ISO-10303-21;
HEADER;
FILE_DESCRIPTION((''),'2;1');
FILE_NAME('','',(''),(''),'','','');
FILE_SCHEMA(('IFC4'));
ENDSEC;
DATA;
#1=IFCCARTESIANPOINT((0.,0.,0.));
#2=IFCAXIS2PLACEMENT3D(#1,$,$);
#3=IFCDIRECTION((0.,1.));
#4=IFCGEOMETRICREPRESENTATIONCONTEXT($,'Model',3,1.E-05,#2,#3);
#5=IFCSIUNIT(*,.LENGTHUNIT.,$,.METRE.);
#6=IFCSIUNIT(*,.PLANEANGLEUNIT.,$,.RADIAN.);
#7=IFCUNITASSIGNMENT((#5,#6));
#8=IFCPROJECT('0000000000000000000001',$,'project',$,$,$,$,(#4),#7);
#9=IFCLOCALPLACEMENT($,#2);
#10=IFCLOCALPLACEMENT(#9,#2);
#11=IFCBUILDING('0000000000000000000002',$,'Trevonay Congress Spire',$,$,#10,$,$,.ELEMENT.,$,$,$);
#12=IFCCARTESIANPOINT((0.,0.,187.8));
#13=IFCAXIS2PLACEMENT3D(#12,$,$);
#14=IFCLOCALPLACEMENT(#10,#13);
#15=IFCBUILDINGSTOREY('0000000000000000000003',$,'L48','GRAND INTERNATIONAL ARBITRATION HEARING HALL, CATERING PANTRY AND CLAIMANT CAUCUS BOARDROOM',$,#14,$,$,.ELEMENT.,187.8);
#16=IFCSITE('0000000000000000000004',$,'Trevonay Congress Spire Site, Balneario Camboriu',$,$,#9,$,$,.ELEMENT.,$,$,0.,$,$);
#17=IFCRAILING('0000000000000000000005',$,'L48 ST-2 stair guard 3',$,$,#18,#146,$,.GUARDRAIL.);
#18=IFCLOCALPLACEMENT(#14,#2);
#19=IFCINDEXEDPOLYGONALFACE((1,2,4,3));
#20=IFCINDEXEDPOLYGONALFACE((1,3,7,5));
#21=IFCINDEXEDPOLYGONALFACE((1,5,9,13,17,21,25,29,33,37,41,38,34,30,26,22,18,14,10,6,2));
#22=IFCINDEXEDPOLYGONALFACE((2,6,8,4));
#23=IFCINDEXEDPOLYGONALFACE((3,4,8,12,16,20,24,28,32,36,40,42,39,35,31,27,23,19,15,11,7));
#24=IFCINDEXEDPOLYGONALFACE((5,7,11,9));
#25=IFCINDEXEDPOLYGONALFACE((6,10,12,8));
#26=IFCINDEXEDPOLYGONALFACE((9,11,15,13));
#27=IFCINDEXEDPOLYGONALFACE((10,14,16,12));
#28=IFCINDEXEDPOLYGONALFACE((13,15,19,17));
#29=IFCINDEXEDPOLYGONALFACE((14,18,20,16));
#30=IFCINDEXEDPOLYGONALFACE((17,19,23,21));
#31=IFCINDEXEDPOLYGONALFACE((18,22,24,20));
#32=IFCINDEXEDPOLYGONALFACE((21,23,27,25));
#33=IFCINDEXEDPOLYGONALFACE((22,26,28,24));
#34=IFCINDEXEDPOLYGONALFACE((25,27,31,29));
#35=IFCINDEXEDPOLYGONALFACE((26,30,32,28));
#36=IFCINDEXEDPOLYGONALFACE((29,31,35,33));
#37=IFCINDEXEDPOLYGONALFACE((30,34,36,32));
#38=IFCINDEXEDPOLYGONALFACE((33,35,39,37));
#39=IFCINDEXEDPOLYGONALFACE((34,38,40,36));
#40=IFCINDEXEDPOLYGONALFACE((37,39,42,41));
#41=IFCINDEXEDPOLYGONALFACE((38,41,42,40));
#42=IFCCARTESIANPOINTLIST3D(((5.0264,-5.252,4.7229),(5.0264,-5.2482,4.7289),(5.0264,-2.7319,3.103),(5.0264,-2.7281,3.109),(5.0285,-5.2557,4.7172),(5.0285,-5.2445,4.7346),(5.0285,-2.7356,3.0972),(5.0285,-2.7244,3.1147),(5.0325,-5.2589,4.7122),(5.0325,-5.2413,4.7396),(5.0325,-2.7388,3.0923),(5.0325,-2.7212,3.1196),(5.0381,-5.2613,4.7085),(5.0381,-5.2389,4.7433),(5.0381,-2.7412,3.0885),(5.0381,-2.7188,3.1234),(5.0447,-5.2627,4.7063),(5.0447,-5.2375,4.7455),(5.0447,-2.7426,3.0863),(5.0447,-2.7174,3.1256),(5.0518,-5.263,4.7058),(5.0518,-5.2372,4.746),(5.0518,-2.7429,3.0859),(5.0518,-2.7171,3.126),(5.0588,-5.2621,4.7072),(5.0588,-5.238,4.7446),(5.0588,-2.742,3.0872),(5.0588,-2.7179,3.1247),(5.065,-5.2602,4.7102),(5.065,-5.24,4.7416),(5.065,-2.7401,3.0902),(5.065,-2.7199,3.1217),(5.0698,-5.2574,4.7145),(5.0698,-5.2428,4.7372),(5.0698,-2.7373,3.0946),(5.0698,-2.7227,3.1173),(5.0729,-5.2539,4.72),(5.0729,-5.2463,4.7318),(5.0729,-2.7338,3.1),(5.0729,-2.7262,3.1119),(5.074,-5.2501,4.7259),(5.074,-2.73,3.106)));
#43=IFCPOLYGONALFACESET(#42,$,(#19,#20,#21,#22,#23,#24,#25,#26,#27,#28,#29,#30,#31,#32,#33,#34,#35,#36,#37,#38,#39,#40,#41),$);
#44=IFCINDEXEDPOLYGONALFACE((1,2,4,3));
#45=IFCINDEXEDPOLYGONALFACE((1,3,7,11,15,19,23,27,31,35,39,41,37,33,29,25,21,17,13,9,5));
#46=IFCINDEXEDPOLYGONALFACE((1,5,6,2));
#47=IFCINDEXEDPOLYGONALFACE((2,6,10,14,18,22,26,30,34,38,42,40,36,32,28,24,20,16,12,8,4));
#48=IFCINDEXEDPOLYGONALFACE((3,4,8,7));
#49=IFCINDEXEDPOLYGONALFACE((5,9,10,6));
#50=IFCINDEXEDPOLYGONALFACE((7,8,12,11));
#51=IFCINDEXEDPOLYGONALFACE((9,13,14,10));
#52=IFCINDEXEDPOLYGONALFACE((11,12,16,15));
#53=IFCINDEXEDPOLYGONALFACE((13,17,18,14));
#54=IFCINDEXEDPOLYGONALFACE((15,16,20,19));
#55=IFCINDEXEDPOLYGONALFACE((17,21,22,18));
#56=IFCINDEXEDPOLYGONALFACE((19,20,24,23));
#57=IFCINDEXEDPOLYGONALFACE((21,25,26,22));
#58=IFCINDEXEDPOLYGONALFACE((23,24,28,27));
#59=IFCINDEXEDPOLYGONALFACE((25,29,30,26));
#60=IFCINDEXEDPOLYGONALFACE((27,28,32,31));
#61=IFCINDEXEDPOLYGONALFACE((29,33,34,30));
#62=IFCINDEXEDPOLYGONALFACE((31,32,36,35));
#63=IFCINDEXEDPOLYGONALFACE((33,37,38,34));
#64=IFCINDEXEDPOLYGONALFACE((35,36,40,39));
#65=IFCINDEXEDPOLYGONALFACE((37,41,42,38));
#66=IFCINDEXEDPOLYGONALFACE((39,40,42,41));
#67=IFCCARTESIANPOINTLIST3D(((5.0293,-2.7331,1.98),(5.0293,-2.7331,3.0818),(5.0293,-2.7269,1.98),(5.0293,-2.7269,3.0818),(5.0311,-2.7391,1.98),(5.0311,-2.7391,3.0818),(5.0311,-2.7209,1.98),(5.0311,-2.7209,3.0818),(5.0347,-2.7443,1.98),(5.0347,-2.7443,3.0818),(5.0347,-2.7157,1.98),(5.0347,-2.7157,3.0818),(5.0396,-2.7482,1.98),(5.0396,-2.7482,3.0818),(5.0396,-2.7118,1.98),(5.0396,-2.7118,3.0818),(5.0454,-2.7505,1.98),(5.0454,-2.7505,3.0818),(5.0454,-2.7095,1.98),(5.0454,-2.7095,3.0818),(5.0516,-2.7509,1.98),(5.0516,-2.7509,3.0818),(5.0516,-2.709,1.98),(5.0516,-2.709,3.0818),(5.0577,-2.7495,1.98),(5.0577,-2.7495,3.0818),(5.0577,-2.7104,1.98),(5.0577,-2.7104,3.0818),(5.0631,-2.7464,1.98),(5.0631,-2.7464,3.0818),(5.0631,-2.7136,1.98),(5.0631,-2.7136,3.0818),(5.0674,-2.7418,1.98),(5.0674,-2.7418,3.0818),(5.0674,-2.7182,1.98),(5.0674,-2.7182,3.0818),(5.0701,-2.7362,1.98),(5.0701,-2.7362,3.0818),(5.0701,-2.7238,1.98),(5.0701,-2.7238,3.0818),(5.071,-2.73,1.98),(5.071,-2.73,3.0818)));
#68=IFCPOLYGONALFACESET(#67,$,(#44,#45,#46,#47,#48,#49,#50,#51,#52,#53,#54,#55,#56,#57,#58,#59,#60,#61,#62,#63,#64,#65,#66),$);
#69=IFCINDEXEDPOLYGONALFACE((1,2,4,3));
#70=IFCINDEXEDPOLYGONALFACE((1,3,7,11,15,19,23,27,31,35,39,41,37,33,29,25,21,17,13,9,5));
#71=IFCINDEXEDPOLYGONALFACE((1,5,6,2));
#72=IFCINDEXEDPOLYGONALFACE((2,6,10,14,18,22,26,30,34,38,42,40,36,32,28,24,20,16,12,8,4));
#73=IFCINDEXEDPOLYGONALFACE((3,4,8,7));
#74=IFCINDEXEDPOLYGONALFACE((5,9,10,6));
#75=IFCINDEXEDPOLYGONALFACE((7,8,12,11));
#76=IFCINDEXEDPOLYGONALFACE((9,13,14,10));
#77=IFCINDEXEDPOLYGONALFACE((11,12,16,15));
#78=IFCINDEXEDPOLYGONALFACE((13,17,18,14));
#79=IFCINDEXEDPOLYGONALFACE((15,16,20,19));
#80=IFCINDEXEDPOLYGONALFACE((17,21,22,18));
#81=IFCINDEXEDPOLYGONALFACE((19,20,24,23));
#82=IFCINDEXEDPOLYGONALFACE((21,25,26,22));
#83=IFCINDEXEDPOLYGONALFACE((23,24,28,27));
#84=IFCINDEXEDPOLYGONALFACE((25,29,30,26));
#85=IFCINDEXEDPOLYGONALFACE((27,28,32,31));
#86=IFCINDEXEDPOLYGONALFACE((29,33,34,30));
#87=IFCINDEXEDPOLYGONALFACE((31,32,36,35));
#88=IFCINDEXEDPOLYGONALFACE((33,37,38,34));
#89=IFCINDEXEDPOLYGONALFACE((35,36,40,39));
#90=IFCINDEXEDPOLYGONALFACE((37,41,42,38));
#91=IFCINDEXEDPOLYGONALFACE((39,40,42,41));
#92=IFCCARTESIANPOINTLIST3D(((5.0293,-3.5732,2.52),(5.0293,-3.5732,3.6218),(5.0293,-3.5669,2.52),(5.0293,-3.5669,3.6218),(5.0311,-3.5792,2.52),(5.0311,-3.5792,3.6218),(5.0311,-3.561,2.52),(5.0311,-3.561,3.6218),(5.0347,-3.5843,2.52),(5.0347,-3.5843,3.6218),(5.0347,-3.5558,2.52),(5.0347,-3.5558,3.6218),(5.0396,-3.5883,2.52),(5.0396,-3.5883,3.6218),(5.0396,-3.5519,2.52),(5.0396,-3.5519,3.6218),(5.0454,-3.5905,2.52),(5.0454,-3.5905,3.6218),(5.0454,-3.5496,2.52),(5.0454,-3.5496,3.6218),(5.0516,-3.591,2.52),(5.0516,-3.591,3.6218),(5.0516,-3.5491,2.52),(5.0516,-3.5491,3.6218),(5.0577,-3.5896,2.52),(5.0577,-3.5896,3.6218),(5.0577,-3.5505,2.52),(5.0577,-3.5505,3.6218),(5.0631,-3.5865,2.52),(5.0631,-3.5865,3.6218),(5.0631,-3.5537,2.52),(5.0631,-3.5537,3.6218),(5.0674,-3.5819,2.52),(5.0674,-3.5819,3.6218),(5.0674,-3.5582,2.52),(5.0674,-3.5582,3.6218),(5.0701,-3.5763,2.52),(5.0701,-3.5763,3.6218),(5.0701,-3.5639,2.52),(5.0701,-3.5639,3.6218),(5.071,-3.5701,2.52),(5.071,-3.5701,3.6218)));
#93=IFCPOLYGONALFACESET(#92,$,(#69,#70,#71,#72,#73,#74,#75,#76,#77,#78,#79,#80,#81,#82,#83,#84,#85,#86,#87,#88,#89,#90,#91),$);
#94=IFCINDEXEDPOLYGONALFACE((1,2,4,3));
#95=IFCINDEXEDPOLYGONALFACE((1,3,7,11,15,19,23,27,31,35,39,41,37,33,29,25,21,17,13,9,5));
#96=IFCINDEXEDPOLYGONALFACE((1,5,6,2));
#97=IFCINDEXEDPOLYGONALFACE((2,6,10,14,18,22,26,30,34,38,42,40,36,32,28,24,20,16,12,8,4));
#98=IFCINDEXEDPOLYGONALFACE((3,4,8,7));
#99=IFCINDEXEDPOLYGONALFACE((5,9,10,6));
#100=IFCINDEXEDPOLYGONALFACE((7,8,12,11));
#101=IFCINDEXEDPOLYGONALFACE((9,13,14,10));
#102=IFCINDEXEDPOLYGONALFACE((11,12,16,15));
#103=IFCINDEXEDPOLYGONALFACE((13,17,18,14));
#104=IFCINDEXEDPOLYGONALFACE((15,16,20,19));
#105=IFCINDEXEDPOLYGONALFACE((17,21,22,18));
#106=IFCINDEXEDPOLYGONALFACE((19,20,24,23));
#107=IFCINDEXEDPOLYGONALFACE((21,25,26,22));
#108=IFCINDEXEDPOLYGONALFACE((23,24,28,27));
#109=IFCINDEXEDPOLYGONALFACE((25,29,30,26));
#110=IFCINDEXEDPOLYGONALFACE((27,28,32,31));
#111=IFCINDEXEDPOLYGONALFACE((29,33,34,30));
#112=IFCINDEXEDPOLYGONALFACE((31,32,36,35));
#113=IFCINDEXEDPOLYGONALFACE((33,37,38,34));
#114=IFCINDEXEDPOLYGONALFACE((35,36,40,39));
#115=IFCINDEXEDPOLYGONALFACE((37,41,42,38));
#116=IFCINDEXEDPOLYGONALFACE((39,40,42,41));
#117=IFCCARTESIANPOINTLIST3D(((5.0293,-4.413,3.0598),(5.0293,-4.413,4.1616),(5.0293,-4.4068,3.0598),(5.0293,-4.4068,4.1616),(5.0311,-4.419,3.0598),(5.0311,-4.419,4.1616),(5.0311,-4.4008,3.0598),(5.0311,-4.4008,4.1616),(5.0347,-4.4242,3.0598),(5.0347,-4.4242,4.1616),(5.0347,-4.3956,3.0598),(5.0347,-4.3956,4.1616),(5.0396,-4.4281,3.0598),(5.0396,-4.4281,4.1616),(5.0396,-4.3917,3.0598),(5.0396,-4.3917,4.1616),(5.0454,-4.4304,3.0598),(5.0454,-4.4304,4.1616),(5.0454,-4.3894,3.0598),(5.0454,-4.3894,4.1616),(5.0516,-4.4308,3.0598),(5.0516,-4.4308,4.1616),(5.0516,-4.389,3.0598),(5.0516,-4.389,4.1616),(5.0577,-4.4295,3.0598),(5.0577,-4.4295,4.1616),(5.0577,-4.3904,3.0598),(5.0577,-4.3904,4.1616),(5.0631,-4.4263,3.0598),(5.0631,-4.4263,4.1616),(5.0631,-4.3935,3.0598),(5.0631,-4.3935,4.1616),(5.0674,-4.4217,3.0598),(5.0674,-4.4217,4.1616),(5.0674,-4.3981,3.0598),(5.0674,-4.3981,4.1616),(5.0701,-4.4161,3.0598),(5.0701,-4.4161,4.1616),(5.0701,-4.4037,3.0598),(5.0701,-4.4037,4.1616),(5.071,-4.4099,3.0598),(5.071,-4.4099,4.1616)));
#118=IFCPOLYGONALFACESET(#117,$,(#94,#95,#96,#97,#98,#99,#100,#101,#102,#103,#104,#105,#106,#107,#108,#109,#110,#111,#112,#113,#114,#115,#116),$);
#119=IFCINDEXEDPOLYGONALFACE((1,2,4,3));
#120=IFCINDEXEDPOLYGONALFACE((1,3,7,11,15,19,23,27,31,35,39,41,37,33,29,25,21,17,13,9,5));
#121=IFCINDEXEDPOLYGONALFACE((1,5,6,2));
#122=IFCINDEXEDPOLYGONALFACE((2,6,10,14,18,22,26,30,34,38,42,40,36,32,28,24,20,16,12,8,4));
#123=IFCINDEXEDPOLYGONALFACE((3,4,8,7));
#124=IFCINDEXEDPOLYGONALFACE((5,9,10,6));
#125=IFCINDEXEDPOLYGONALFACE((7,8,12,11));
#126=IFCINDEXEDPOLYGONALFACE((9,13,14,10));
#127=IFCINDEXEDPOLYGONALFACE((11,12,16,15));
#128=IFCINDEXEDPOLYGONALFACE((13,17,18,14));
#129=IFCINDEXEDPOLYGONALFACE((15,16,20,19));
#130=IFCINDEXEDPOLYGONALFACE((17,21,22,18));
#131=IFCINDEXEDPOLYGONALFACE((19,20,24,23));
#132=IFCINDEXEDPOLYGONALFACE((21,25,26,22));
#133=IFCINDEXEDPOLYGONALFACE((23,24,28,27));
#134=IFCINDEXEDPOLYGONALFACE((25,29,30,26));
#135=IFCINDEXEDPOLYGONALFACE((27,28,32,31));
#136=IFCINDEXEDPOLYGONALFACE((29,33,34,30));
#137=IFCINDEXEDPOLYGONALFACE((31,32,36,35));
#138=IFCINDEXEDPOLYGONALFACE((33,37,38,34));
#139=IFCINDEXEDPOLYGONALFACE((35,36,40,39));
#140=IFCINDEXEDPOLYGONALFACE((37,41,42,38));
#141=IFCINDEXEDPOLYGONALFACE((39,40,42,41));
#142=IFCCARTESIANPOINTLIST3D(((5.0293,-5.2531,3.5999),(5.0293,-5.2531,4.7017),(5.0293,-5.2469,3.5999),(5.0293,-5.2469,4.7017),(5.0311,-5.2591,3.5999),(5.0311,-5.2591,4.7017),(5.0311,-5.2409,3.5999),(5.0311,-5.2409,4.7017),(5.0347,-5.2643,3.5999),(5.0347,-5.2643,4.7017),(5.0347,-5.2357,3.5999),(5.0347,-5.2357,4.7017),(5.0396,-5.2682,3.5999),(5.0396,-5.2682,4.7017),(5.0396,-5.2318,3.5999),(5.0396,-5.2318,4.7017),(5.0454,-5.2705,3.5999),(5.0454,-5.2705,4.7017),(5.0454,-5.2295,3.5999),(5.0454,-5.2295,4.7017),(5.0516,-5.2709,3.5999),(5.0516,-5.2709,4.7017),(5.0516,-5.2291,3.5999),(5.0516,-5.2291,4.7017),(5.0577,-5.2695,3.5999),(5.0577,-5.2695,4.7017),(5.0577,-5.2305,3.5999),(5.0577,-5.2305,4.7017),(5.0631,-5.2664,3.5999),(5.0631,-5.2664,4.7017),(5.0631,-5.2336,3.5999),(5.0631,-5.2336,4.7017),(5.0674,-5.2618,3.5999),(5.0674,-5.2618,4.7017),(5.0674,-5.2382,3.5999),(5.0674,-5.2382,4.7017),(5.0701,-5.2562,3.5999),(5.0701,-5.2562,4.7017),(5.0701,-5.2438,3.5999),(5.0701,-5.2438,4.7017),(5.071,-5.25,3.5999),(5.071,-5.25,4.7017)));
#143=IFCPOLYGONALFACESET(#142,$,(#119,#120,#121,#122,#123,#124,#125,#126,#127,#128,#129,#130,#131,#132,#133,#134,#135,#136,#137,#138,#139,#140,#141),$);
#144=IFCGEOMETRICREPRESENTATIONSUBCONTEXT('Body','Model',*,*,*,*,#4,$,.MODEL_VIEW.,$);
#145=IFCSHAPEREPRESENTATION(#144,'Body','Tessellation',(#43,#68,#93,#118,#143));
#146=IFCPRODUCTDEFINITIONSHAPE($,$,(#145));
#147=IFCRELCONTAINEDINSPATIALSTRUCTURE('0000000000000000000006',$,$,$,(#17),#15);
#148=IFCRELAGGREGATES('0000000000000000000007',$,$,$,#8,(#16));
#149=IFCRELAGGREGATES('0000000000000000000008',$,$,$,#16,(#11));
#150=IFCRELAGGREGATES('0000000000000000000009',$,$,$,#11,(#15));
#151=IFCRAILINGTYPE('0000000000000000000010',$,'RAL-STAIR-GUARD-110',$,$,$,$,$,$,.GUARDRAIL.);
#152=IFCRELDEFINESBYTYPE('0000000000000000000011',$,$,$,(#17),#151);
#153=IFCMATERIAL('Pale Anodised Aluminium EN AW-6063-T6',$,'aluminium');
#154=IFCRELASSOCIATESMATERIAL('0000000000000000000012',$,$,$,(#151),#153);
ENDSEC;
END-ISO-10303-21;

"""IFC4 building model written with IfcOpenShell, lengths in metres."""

from ifc_helpers import new_model, si_unit, direction, frame, origin, origin_2d, place, context, subcontext, project, spatial, circle, extrude, material, type_object, element, save


model = new_model("IFC4")

# Units and contexts
model_context = context("Model", 3, precision=1e-05, world=origin(), true_north=direction((0.0, 1.0)))
body_context = subcontext(model_context, "Body", "Model", "MODEL_VIEW")
ifc_project = project(units=[si_unit("LENGTHUNIT", "METRE"), si_unit("PLANEANGLEUNIT", "RADIAN")], contexts=[model_context])

# Site, building, storey
site_placement = place(None, origin())
site = spatial("IfcSite", under=ifc_project, at=site_placement, Name="Trevonay Congress Spire Site, Balneario Camboriu", CompositionType="ELEMENT", RefElevation=0.0)
building_placement = place(site_placement, origin())
building = spatial("IfcBuilding", under=site, at=building_placement, Name="Trevonay Congress Spire", CompositionType="ELEMENT")
storey_placement = place(building_placement, frame((0.0, 0.0, 187.8)))
storey = spatial("IfcBuildingStorey", under=building, at=storey_placement, Name="L48", Description="GRAND INTERNATIONAL ARBITRATION HEARING HALL, CATERING PANTRY AND CLAIMANT CAUCUS BOARDROOM", CompositionType="ELEMENT", Elevation=187.8)

# Shared definitions
ifc_material_1 = material(Name="Pale Anodised Aluminium EN AW-6063-T6", Category="aluminium")

# Railing
railing_type_1 = type_object("IfcRailingType", Name="RAL-STAIR-GUARD-110", PredefinedType="GUARDRAIL", material=ifc_material_1)
railing_1_placement = place(storey_placement, frame((5.05, -2.73, 1.98)))
element("IfcRailing", 1, at=railing_1_placement, inside=storey, type_object=railing_type_1, Name="L48 ST-2 stair guard 3", PredefinedType="GUARDRAIL", context=body_context, shape_type="SweptSolid", body=[
    extrude(circle(Radius=0.0239, at=origin_2d()), frame((0.0, 0.0, 1.126), z_axis=(0.0, -0.8412, 0.540725), x_axis=(1.0, 0.0, 0.0)), (0.0, 0.0, 1.0), 2.9958),
    extrude(circle(Radius=0.021, at=origin_2d()), origin(), (0.0, 0.0, 1.0), 1.1018),
    extrude(circle(Radius=0.021, at=origin_2d()), frame((0.0, -0.8401, 0.54)), (0.0, 0.0, 1.0), 1.1018),
    extrude(circle(Radius=0.021, at=origin_2d()), frame((0.0, -1.6799, 1.0798)), (0.0, 0.0, 1.0), 1.1018),
    extrude(circle(Radius=0.021, at=origin_2d()), frame((0.0, -2.52, 1.6199)), (0.0, 0.0, 1.0), 1.1018),
])

save(model, "model.ifc")
